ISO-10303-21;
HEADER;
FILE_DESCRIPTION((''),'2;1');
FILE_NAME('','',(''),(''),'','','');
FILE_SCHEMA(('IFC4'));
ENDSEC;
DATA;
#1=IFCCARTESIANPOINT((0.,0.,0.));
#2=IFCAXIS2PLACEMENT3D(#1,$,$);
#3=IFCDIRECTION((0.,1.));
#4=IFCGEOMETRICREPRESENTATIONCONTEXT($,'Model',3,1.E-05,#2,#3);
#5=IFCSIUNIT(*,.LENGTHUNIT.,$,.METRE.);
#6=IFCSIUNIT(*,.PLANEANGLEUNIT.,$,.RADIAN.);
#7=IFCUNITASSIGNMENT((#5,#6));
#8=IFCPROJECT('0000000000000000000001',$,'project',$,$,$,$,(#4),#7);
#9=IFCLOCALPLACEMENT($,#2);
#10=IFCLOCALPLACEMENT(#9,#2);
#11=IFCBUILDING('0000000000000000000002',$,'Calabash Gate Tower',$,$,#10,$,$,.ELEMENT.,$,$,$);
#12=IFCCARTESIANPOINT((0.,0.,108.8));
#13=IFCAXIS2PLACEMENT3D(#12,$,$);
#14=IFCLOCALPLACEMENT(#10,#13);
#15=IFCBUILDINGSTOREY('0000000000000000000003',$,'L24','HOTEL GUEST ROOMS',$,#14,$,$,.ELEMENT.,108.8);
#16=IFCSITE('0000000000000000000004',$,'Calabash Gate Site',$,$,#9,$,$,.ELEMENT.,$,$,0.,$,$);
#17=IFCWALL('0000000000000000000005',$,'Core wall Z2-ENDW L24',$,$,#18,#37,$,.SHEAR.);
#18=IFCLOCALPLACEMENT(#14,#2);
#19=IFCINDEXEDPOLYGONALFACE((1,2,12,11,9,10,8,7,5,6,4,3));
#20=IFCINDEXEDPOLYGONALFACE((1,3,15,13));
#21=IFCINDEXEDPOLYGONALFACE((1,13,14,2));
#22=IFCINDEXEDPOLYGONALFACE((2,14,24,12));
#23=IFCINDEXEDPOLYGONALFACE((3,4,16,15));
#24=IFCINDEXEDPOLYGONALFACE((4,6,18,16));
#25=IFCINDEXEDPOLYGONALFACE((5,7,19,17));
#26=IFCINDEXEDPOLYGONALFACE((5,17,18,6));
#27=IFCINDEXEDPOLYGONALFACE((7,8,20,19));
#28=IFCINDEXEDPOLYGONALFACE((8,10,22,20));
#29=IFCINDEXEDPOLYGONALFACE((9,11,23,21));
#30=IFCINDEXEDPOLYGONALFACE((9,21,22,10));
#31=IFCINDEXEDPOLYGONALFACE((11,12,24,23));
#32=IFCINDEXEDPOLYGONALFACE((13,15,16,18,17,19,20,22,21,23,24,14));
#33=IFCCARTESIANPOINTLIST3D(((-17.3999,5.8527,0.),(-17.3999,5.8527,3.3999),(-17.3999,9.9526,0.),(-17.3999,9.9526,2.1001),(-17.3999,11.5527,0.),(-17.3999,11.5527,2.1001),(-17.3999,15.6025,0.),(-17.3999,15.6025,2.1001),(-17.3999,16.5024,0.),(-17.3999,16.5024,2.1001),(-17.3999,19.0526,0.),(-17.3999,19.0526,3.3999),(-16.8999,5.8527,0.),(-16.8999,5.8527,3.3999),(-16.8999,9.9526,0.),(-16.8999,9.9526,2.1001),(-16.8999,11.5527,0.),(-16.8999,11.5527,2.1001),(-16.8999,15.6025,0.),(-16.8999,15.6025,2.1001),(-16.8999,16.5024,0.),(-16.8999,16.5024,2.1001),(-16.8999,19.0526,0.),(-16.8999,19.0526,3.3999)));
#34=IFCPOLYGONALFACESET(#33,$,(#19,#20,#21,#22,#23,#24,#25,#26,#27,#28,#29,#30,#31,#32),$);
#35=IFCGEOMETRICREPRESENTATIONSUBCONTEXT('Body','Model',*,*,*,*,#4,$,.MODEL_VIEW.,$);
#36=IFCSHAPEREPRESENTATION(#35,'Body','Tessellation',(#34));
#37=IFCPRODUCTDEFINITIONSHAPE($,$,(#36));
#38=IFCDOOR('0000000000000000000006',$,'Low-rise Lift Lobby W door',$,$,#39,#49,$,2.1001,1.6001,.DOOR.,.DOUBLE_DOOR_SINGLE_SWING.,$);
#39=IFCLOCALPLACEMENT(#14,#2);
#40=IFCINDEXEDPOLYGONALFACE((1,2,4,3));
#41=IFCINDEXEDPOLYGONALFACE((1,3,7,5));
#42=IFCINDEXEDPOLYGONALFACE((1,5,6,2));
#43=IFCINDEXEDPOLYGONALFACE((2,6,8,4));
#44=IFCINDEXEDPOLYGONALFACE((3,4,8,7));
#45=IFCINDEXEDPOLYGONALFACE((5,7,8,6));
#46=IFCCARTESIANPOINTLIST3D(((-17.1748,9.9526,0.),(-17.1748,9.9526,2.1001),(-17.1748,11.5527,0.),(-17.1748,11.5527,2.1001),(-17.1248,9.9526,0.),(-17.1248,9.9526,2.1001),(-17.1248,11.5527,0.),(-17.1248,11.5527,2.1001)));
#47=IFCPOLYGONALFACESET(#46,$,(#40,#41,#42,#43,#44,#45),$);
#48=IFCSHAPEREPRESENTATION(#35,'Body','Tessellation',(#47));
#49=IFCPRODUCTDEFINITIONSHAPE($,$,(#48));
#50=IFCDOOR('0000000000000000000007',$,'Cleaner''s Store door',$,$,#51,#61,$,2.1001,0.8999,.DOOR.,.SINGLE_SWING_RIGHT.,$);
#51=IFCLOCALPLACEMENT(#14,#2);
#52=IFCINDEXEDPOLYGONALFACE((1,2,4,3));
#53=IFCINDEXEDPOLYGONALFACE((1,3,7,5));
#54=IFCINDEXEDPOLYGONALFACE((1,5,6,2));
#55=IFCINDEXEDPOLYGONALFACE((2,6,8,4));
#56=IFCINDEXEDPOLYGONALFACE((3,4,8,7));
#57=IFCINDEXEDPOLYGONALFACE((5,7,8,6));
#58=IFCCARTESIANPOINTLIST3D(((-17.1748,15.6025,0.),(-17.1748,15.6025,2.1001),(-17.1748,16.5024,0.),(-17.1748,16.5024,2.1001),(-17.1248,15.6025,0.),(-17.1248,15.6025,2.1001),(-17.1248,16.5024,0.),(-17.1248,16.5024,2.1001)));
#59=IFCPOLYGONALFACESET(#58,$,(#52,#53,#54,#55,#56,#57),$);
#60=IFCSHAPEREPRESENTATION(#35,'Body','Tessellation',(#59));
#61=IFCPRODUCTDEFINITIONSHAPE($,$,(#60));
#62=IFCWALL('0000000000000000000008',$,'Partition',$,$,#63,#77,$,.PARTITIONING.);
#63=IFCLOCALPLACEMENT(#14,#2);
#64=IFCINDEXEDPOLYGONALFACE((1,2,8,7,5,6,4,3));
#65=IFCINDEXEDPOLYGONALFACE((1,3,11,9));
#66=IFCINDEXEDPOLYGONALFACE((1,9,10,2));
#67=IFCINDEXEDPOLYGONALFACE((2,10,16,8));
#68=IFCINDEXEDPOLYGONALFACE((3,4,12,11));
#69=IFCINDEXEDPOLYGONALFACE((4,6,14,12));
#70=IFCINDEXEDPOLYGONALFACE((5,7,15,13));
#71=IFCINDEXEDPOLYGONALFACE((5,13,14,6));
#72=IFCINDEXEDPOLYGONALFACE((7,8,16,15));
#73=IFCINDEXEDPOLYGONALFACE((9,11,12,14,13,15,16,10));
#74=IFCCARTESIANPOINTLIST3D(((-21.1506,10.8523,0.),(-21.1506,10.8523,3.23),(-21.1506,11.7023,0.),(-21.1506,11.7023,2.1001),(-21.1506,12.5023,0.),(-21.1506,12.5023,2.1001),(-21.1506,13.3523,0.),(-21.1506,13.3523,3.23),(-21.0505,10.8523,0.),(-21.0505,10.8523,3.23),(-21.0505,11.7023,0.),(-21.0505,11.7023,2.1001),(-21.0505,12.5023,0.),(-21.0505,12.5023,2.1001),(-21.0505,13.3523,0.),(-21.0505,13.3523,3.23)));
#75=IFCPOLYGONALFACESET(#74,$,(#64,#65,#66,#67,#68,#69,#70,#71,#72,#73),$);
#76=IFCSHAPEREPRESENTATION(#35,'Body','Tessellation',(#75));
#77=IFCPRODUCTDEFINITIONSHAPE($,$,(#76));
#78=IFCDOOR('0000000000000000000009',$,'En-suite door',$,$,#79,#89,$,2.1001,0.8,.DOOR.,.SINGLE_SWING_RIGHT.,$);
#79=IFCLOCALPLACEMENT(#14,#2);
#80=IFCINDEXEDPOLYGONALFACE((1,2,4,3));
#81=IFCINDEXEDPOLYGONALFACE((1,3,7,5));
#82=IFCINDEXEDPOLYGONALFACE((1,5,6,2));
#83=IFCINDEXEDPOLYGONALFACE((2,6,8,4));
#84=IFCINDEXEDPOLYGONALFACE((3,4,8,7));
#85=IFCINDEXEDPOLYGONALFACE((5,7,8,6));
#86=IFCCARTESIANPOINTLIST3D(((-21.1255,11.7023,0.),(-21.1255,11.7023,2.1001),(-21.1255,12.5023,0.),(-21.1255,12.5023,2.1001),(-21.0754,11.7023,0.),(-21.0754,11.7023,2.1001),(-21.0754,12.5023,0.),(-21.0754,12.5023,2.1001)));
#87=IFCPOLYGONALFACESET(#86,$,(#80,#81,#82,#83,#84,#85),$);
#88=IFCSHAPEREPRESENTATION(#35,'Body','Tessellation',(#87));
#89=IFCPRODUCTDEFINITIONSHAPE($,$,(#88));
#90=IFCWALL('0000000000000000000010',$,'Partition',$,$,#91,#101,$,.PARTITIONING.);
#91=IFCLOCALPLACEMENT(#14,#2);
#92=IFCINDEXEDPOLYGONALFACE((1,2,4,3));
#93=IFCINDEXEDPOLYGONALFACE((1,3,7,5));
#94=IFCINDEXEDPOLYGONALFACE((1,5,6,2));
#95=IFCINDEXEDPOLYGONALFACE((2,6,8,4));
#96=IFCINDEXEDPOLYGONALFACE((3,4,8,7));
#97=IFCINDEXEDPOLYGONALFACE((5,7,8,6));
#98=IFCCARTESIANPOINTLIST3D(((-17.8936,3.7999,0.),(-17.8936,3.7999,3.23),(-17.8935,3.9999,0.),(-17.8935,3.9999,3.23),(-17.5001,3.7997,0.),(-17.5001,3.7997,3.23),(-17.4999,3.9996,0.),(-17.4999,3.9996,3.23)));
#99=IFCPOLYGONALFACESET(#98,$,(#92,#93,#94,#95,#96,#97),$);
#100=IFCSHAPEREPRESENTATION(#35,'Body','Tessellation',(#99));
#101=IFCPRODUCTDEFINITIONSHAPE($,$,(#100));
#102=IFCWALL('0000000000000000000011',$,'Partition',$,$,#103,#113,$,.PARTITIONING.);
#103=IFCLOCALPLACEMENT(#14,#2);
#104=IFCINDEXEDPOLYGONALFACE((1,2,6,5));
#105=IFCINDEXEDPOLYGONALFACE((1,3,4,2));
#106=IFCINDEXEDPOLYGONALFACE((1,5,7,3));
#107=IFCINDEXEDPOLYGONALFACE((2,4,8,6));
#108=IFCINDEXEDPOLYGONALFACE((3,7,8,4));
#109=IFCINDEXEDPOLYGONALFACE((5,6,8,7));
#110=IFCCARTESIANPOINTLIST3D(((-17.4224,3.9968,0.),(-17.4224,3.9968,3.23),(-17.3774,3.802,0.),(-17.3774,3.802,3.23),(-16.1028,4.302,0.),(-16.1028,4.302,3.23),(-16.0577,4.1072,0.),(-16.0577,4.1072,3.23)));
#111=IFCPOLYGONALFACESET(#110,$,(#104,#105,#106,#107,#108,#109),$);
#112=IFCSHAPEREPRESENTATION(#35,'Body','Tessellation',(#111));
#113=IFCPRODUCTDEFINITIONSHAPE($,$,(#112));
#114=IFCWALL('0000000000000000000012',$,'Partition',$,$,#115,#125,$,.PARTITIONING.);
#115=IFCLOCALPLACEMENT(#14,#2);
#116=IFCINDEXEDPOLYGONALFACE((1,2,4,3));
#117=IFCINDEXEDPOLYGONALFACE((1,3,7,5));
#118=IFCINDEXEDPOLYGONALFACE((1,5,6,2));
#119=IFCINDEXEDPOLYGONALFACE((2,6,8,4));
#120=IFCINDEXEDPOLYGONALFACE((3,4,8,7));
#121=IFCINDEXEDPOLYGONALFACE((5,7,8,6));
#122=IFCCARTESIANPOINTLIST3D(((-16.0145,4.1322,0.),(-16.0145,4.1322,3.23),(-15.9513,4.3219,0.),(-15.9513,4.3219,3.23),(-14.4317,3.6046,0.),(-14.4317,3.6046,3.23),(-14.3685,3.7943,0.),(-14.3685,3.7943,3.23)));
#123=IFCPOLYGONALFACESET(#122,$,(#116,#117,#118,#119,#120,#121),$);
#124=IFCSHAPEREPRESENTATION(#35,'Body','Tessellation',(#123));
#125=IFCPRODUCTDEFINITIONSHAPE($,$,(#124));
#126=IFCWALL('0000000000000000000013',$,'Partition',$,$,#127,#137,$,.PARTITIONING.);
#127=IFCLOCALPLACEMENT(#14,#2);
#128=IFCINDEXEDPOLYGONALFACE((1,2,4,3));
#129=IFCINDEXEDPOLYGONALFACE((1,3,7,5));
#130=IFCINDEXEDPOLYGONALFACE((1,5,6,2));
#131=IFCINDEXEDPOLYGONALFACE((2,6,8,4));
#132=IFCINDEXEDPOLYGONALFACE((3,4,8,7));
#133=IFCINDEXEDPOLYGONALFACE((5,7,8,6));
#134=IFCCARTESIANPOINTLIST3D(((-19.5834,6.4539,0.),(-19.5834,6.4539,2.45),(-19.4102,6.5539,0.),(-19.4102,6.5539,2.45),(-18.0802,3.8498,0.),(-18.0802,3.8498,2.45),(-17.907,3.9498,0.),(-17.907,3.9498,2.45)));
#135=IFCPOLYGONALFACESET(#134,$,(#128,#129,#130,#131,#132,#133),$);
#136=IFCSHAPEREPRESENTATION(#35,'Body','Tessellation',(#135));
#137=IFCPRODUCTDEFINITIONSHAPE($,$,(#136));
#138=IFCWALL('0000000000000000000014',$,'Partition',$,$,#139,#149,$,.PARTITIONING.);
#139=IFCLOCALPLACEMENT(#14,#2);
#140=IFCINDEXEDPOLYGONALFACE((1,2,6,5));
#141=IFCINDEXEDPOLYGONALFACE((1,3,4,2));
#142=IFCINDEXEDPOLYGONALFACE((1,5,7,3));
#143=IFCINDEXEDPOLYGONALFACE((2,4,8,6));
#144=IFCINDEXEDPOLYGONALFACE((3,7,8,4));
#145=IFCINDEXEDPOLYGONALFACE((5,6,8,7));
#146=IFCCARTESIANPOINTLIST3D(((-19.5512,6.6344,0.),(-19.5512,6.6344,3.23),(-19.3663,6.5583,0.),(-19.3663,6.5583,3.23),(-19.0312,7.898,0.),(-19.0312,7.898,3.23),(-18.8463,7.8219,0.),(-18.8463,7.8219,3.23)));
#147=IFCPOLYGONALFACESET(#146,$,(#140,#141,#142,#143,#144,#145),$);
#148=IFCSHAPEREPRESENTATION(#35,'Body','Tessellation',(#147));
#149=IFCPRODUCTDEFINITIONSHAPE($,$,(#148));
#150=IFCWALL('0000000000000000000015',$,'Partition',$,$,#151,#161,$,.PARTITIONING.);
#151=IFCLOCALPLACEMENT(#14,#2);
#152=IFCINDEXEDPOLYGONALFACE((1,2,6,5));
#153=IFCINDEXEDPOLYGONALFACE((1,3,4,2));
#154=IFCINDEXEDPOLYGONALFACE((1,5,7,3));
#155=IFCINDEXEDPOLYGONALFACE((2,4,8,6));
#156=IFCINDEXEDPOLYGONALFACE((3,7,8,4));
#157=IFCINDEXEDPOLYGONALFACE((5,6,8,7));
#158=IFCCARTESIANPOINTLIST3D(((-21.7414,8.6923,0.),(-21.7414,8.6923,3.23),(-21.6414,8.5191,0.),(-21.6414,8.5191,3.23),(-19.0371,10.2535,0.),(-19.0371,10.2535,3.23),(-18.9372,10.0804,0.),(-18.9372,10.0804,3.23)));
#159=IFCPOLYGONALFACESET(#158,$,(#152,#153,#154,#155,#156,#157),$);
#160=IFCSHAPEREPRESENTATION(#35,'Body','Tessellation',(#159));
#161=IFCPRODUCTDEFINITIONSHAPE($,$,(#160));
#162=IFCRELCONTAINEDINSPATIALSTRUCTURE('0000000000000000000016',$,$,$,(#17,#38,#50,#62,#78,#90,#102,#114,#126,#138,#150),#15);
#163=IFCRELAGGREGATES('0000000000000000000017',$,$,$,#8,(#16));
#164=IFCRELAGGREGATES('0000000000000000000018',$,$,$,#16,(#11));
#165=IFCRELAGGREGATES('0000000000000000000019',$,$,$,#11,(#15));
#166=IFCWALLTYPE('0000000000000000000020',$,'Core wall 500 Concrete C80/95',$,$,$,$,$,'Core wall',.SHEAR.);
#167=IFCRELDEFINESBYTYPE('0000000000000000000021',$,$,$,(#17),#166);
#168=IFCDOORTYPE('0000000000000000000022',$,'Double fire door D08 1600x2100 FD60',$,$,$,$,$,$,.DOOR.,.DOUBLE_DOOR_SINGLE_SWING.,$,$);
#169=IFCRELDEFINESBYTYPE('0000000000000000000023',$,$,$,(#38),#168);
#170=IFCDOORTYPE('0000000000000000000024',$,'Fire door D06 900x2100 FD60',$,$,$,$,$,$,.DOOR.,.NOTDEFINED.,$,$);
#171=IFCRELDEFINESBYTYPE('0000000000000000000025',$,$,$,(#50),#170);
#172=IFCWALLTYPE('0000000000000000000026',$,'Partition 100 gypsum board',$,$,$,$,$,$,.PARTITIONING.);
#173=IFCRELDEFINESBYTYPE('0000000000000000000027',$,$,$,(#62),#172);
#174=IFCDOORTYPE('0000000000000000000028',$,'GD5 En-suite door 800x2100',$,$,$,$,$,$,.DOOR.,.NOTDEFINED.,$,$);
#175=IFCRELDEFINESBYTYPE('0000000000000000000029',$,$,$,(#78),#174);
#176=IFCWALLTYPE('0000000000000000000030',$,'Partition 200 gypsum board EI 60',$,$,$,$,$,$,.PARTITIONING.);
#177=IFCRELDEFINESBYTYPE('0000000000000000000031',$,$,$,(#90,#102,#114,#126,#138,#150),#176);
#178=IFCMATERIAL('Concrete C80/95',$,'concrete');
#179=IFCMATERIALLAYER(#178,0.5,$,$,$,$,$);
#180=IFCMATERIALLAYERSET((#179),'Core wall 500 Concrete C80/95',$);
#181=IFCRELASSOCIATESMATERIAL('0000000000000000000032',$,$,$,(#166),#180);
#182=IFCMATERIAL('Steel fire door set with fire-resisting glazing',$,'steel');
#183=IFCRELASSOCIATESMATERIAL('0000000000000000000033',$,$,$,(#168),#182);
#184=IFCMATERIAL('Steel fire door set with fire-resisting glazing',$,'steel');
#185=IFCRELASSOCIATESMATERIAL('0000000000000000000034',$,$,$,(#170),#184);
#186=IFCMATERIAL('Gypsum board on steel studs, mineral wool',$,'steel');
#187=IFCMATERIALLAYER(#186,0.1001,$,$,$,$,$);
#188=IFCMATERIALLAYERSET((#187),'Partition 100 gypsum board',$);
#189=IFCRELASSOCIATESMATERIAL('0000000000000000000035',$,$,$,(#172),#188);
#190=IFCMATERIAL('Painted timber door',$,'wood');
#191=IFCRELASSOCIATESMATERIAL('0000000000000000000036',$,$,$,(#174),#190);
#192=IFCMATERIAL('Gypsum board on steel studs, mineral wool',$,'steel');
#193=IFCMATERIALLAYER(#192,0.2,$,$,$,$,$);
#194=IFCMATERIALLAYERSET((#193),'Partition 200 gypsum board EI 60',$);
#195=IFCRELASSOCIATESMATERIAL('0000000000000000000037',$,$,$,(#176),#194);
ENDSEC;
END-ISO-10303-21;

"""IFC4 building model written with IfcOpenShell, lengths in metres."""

from ifc_helpers import new_model, si_unit, direction, frame, frame_2d, origin, place, context, subcontext, project, spatial, rectangle, extrude, material, layer, layer_set, type_object, element, fill, save


model = new_model("IFC4")

# Units and contexts
model_context = context("Model", 3, precision=1e-05, world=origin(), true_north=direction((0.0, 1.0)))
body_context = subcontext(model_context, "Body", "Model", "MODEL_VIEW")
ifc_project = project(units=[si_unit("LENGTHUNIT", "METRE"), si_unit("PLANEANGLEUNIT", "RADIAN")], contexts=[model_context])

# Site, building, storey
site_placement = place(None, origin())
site = spatial("IfcSite", under=ifc_project, at=site_placement, Name="Calabash Gate Site", CompositionType="ELEMENT", RefElevation=0.0)
building_placement = place(site_placement, origin())
building = spatial("IfcBuilding", under=site, at=building_placement, Name="Calabash Gate Tower", CompositionType="ELEMENT")
storey_placement = place(building_placement, frame((0.0, 0.0, 108.8)))
storey = spatial("IfcBuildingStorey", under=building, at=storey_placement, Name="L24", Description="HOTEL GUEST ROOMS", CompositionType="ELEMENT", Elevation=108.8)

# Wall, openings, doors
ifc_material_1 = material(Name="Concrete C80/95", Category="concrete")
ifc_layer_1 = layer(ifc_material_1, 0.5)
ifc_layer_set_1 = layer_set([ifc_layer_1], Name="Core wall 500 Concrete C80/95")
wall_type_1 = type_object("IfcWallType", Name="Core wall 500 Concrete C80/95", ElementType="Core wall", PredefinedType="SHEAR", material=ifc_layer_set_1)
wall_1_placement = place(storey_placement, frame((-17.1499, 5.8525, 0.0), z_axis=(0.0, 0.0, 1.0), x_axis=(0.0, 1.0, 0.0)))
wall_1 = element("IfcWall", 1, at=wall_1_placement, inside=storey, type_object=wall_type_1, Name="Core wall Z2-ENDW L24", PredefinedType="SHEAR", context=body_context, shape_type="SweptSolid", body=[
    extrude(rectangle(XDim=13.2, YDim=0.5, at=frame_2d((6.6001, 0.0))), origin(), (0.0, 0.0, 1.0), 3.3999),
])
opening_1_placement = place(wall_1_placement, frame((4.1001, 0.0, 0.0)))
opening_1 = element("IfcOpeningElement", 2, at=opening_1_placement, cuts=wall_1, PredefinedType="OPENING", context=body_context, shape_type="SweptSolid", body=[
    extrude(rectangle(XDim=1.6001, YDim=2.1001, at=frame_2d((0.8, 1.05))), frame((0.0, 0.26, 0.0), z_axis=(0.0, -1.0, 0.0), x_axis=(1.0, 0.0, 0.0)), (0.0, 0.0, 1.0), 0.52),
])
opening_2_placement = place(wall_1_placement, frame((9.75, 0.0, 0.0)))
opening_2 = element("IfcOpeningElement", 3, at=opening_2_placement, cuts=wall_1, PredefinedType="OPENING", context=body_context, shape_type="SweptSolid", body=[
    extrude(rectangle(XDim=0.8999, YDim=2.1001, at=frame_2d((0.45, 1.05))), frame((0.0, 0.26, 0.0), z_axis=(0.0, -1.0, 0.0), x_axis=(1.0, 0.0, 0.0)), (0.0, 0.0, 1.0), 0.52),
])
ifc_material_2 = material(Name="Steel fire door set with fire-resisting glazing", Category="steel")
door_type_1 = type_object("IfcDoorType", Name="Double fire door D08 1600x2100 FD60", OperationType="DOUBLE_DOOR_SINGLE_SWING", PredefinedType="DOOR", material=ifc_material_2)
door_1_placement = place(opening_1_placement, origin())
door_1 = element("IfcDoor", 4, at=door_1_placement, inside=storey, type_object=door_type_1, Name="Low-rise Lift Lobby W door", OperationType="DOUBLE_DOOR_SINGLE_SWING", OverallHeight=2.1001, OverallWidth=1.6001, PredefinedType="DOOR", context=body_context, shape_type="SweptSolid", body=[
    extrude(rectangle(XDim=1.6001, YDim=2.1001, at=frame_2d((0.8, 1.05))), frame((0.0, 0.0249, 0.0), z_axis=(0.0, -1.0, 0.0), x_axis=(1.0, 0.0, 0.0)), (0.0, 0.0, 1.0), 0.05),
])
fill(opening_1, door_1)
ifc_material_3 = material(Name="Steel fire door set with fire-resisting glazing", Category="steel")
door_type_2 = type_object("IfcDoorType", Name="Fire door D06 900x2100 FD60", OperationType="NOTDEFINED", PredefinedType="DOOR", material=ifc_material_3)
door_2_placement = place(opening_2_placement, origin())
door_2 = element("IfcDoor", 5, at=door_2_placement, inside=storey, type_object=door_type_2, Name="Cleaner's Store door", OperationType="SINGLE_SWING_RIGHT", OverallHeight=2.1001, OverallWidth=0.8999, PredefinedType="DOOR", context=body_context, shape_type="SweptSolid", body=[
    extrude(rectangle(XDim=0.8999, YDim=2.1001, at=frame_2d((0.45, 1.05))), frame((0.0, 0.0249, 0.0), z_axis=(0.0, -1.0, 0.0), x_axis=(1.0, 0.0, 0.0)), (0.0, 0.0, 1.0), 0.05),
])
fill(opening_2, door_2)

# Wall, opening, door
ifc_material_4 = material(Name="Gypsum board on steel studs, mineral wool", Category="steel")
ifc_layer_2 = layer(ifc_material_4, 0.1001)
ifc_layer_set_2 = layer_set([ifc_layer_2], Name="Partition 100 gypsum board")
wall_type_2 = type_object("IfcWallType", Name="Partition 100 gypsum board", PredefinedType="PARTITIONING", material=ifc_layer_set_2)
wall_2_placement = place(storey_placement, frame((-21.1006, 10.8523, 0.0), z_axis=(0.0, 0.0, 1.0), x_axis=(0.0, 1.0, 0.0)))
wall_2 = element("IfcWall", 6, at=wall_2_placement, inside=storey, type_object=wall_type_2, Name="Partition", PredefinedType="PARTITIONING", context=body_context, shape_type="SweptSolid", body=[
    extrude(rectangle(XDim=2.5, YDim=0.1001, at=frame_2d((1.25, 0.0))), origin(), (0.0, 0.0, 1.0), 3.23),
])
opening_3_placement = place(wall_2_placement, frame((0.8501, 0.0, 0.0)))
opening_3 = element("IfcOpeningElement", 7, at=opening_3_placement, cuts=wall_2, PredefinedType="OPENING", context=body_context, shape_type="SweptSolid", body=[
    extrude(rectangle(XDim=0.8, YDim=2.1001, at=frame_2d((0.3999, 1.05))), frame((0.0, 0.0601, 0.0), z_axis=(0.0, -1.0, 0.0), x_axis=(1.0, 0.0, 0.0)), (0.0, 0.0, 1.0), 0.1201),
])
ifc_material_5 = material(Name="Painted timber door", Category="wood")
door_type_3 = type_object("IfcDoorType", Name="GD5 En-suite door 800x2100", OperationType="NOTDEFINED", PredefinedType="DOOR", material=ifc_material_5)
door_3_placement = place(opening_3_placement, origin())
door_3 = element("IfcDoor", 8, at=door_3_placement, inside=storey, type_object=door_type_3, Name="En-suite door", OperationType="SINGLE_SWING_RIGHT", OverallHeight=2.1001, OverallWidth=0.8, PredefinedType="DOOR", context=body_context, shape_type="SweptSolid", body=[
    extrude(rectangle(XDim=0.8, YDim=2.1001, at=frame_2d((0.3999, 1.05))), frame((0.0, 0.0249, 0.0), z_axis=(0.0, -1.0, 0.0), x_axis=(1.0, 0.0, 0.0)), (0.0, 0.0, 1.0), 0.05),
])
fill(opening_3, door_3)

# Walls
ifc_material_6 = material(Name="Gypsum board on steel studs, mineral wool", Category="steel")
ifc_layer_3 = layer(ifc_material_6, 0.2)
ifc_layer_set_3 = layer_set([ifc_layer_3], Name="Partition 200 gypsum board EI 60")
wall_type_3 = type_object("IfcWallType", Name="Partition 200 gypsum board EI 60", PredefinedType="PARTITIONING", material=ifc_layer_set_3)
wall_3_placement = place(storey_placement, frame((-17.8936, 3.8999, 0.0), z_axis=(0.0, 0.0, 1.0), x_axis=(1.0, -0.00062, 0.0)))
element("IfcWall", 9, at=wall_3_placement, inside=storey, type_object=wall_type_3, Name="Partition", PredefinedType="PARTITIONING", context=body_context, shape_type="SweptSolid", body=[
    extrude(rectangle(XDim=0.3936, YDim=0.2, at=frame_2d((0.1968, 0.0))), origin(), (0.0, 0.0, 1.0), 3.23),
])
wall_4_placement = place(storey_placement, frame((-17.3999, 3.8994, 0.0), z_axis=(0.0, 0.0, 1.0), x_axis=(0.974285, 0.22532, 0.0)))
element("IfcWall", 10, at=wall_4_placement, inside=storey, type_object=wall_type_3, Name="Partition", PredefinedType="PARTITIONING", context=body_context, shape_type="SweptSolid", body=[
    extrude(rectangle(XDim=1.3545, YDim=0.2, at=frame_2d((0.6772, 0.0))), origin(), (0.0, 0.0, 1.0), 3.23),
])
wall_5_placement = place(storey_placement, frame((-15.9829, 4.2271, 0.0), z_axis=(0.0, 0.0, 1.0), x_axis=(0.948683, -0.316228, 0.0)))
element("IfcWall", 11, at=wall_5_placement, inside=storey, type_object=wall_type_3, Name="Partition", PredefinedType="PARTITIONING", context=body_context, shape_type="SweptSolid", body=[
    extrude(rectangle(XDim=1.6685, YDim=0.2, at=frame_2d((0.8342, 0.0))), origin(), (0.0, 0.0, 1.0), 3.23),
])
wall_6_placement = place(storey_placement, frame((-19.4968, 6.5039, 0.0), z_axis=(0.0, 0.0, 1.0), x_axis=(0.499938, -0.866061, 0.0)))
element("IfcWall", 12, at=wall_6_placement, inside=storey, type_object=wall_type_3, Name="Partition", PredefinedType="PARTITIONING", context=body_context, shape_type="SweptSolid", body=[
    extrude(rectangle(XDim=3.0068, YDim=0.2, at=frame_2d((1.5034, 0.0))), origin(), (0.0, 0.0, 1.0), 2.45),
])
wall_7_placement = place(storey_placement, frame((-19.4587, 6.5964, 0.0), z_axis=(0.0, 0.0, 1.0), x_axis=(0.380552, 0.924759, 0.0)))
element("IfcWall", 13, at=wall_7_placement, inside=storey, type_object=wall_type_3, Name="Partition", PredefinedType="PARTITIONING", context=body_context, shape_type="SweptSolid", body=[
    extrude(rectangle(XDim=1.3665, YDim=0.2, at=frame_2d((0.6831, 0.0))), origin(), (0.0, 0.0, 1.0), 3.23),
])
wall_8_placement = place(storey_placement, frame((-21.6914, 8.6057, 0.0), z_axis=(0.0, 0.0, 1.0), x_axis=(0.866036, 0.499982, 0.0)))
element("IfcWall", 14, at=wall_8_placement, inside=storey, type_object=wall_type_3, Name="Partition", PredefinedType="PARTITIONING", context=body_context, shape_type="SweptSolid", body=[
    extrude(rectangle(XDim=3.1226, YDim=0.2, at=frame_2d((1.5613, 0.0))), origin(), (0.0, 0.0, 1.0), 3.23),
])

save(model, "model.ifc")
